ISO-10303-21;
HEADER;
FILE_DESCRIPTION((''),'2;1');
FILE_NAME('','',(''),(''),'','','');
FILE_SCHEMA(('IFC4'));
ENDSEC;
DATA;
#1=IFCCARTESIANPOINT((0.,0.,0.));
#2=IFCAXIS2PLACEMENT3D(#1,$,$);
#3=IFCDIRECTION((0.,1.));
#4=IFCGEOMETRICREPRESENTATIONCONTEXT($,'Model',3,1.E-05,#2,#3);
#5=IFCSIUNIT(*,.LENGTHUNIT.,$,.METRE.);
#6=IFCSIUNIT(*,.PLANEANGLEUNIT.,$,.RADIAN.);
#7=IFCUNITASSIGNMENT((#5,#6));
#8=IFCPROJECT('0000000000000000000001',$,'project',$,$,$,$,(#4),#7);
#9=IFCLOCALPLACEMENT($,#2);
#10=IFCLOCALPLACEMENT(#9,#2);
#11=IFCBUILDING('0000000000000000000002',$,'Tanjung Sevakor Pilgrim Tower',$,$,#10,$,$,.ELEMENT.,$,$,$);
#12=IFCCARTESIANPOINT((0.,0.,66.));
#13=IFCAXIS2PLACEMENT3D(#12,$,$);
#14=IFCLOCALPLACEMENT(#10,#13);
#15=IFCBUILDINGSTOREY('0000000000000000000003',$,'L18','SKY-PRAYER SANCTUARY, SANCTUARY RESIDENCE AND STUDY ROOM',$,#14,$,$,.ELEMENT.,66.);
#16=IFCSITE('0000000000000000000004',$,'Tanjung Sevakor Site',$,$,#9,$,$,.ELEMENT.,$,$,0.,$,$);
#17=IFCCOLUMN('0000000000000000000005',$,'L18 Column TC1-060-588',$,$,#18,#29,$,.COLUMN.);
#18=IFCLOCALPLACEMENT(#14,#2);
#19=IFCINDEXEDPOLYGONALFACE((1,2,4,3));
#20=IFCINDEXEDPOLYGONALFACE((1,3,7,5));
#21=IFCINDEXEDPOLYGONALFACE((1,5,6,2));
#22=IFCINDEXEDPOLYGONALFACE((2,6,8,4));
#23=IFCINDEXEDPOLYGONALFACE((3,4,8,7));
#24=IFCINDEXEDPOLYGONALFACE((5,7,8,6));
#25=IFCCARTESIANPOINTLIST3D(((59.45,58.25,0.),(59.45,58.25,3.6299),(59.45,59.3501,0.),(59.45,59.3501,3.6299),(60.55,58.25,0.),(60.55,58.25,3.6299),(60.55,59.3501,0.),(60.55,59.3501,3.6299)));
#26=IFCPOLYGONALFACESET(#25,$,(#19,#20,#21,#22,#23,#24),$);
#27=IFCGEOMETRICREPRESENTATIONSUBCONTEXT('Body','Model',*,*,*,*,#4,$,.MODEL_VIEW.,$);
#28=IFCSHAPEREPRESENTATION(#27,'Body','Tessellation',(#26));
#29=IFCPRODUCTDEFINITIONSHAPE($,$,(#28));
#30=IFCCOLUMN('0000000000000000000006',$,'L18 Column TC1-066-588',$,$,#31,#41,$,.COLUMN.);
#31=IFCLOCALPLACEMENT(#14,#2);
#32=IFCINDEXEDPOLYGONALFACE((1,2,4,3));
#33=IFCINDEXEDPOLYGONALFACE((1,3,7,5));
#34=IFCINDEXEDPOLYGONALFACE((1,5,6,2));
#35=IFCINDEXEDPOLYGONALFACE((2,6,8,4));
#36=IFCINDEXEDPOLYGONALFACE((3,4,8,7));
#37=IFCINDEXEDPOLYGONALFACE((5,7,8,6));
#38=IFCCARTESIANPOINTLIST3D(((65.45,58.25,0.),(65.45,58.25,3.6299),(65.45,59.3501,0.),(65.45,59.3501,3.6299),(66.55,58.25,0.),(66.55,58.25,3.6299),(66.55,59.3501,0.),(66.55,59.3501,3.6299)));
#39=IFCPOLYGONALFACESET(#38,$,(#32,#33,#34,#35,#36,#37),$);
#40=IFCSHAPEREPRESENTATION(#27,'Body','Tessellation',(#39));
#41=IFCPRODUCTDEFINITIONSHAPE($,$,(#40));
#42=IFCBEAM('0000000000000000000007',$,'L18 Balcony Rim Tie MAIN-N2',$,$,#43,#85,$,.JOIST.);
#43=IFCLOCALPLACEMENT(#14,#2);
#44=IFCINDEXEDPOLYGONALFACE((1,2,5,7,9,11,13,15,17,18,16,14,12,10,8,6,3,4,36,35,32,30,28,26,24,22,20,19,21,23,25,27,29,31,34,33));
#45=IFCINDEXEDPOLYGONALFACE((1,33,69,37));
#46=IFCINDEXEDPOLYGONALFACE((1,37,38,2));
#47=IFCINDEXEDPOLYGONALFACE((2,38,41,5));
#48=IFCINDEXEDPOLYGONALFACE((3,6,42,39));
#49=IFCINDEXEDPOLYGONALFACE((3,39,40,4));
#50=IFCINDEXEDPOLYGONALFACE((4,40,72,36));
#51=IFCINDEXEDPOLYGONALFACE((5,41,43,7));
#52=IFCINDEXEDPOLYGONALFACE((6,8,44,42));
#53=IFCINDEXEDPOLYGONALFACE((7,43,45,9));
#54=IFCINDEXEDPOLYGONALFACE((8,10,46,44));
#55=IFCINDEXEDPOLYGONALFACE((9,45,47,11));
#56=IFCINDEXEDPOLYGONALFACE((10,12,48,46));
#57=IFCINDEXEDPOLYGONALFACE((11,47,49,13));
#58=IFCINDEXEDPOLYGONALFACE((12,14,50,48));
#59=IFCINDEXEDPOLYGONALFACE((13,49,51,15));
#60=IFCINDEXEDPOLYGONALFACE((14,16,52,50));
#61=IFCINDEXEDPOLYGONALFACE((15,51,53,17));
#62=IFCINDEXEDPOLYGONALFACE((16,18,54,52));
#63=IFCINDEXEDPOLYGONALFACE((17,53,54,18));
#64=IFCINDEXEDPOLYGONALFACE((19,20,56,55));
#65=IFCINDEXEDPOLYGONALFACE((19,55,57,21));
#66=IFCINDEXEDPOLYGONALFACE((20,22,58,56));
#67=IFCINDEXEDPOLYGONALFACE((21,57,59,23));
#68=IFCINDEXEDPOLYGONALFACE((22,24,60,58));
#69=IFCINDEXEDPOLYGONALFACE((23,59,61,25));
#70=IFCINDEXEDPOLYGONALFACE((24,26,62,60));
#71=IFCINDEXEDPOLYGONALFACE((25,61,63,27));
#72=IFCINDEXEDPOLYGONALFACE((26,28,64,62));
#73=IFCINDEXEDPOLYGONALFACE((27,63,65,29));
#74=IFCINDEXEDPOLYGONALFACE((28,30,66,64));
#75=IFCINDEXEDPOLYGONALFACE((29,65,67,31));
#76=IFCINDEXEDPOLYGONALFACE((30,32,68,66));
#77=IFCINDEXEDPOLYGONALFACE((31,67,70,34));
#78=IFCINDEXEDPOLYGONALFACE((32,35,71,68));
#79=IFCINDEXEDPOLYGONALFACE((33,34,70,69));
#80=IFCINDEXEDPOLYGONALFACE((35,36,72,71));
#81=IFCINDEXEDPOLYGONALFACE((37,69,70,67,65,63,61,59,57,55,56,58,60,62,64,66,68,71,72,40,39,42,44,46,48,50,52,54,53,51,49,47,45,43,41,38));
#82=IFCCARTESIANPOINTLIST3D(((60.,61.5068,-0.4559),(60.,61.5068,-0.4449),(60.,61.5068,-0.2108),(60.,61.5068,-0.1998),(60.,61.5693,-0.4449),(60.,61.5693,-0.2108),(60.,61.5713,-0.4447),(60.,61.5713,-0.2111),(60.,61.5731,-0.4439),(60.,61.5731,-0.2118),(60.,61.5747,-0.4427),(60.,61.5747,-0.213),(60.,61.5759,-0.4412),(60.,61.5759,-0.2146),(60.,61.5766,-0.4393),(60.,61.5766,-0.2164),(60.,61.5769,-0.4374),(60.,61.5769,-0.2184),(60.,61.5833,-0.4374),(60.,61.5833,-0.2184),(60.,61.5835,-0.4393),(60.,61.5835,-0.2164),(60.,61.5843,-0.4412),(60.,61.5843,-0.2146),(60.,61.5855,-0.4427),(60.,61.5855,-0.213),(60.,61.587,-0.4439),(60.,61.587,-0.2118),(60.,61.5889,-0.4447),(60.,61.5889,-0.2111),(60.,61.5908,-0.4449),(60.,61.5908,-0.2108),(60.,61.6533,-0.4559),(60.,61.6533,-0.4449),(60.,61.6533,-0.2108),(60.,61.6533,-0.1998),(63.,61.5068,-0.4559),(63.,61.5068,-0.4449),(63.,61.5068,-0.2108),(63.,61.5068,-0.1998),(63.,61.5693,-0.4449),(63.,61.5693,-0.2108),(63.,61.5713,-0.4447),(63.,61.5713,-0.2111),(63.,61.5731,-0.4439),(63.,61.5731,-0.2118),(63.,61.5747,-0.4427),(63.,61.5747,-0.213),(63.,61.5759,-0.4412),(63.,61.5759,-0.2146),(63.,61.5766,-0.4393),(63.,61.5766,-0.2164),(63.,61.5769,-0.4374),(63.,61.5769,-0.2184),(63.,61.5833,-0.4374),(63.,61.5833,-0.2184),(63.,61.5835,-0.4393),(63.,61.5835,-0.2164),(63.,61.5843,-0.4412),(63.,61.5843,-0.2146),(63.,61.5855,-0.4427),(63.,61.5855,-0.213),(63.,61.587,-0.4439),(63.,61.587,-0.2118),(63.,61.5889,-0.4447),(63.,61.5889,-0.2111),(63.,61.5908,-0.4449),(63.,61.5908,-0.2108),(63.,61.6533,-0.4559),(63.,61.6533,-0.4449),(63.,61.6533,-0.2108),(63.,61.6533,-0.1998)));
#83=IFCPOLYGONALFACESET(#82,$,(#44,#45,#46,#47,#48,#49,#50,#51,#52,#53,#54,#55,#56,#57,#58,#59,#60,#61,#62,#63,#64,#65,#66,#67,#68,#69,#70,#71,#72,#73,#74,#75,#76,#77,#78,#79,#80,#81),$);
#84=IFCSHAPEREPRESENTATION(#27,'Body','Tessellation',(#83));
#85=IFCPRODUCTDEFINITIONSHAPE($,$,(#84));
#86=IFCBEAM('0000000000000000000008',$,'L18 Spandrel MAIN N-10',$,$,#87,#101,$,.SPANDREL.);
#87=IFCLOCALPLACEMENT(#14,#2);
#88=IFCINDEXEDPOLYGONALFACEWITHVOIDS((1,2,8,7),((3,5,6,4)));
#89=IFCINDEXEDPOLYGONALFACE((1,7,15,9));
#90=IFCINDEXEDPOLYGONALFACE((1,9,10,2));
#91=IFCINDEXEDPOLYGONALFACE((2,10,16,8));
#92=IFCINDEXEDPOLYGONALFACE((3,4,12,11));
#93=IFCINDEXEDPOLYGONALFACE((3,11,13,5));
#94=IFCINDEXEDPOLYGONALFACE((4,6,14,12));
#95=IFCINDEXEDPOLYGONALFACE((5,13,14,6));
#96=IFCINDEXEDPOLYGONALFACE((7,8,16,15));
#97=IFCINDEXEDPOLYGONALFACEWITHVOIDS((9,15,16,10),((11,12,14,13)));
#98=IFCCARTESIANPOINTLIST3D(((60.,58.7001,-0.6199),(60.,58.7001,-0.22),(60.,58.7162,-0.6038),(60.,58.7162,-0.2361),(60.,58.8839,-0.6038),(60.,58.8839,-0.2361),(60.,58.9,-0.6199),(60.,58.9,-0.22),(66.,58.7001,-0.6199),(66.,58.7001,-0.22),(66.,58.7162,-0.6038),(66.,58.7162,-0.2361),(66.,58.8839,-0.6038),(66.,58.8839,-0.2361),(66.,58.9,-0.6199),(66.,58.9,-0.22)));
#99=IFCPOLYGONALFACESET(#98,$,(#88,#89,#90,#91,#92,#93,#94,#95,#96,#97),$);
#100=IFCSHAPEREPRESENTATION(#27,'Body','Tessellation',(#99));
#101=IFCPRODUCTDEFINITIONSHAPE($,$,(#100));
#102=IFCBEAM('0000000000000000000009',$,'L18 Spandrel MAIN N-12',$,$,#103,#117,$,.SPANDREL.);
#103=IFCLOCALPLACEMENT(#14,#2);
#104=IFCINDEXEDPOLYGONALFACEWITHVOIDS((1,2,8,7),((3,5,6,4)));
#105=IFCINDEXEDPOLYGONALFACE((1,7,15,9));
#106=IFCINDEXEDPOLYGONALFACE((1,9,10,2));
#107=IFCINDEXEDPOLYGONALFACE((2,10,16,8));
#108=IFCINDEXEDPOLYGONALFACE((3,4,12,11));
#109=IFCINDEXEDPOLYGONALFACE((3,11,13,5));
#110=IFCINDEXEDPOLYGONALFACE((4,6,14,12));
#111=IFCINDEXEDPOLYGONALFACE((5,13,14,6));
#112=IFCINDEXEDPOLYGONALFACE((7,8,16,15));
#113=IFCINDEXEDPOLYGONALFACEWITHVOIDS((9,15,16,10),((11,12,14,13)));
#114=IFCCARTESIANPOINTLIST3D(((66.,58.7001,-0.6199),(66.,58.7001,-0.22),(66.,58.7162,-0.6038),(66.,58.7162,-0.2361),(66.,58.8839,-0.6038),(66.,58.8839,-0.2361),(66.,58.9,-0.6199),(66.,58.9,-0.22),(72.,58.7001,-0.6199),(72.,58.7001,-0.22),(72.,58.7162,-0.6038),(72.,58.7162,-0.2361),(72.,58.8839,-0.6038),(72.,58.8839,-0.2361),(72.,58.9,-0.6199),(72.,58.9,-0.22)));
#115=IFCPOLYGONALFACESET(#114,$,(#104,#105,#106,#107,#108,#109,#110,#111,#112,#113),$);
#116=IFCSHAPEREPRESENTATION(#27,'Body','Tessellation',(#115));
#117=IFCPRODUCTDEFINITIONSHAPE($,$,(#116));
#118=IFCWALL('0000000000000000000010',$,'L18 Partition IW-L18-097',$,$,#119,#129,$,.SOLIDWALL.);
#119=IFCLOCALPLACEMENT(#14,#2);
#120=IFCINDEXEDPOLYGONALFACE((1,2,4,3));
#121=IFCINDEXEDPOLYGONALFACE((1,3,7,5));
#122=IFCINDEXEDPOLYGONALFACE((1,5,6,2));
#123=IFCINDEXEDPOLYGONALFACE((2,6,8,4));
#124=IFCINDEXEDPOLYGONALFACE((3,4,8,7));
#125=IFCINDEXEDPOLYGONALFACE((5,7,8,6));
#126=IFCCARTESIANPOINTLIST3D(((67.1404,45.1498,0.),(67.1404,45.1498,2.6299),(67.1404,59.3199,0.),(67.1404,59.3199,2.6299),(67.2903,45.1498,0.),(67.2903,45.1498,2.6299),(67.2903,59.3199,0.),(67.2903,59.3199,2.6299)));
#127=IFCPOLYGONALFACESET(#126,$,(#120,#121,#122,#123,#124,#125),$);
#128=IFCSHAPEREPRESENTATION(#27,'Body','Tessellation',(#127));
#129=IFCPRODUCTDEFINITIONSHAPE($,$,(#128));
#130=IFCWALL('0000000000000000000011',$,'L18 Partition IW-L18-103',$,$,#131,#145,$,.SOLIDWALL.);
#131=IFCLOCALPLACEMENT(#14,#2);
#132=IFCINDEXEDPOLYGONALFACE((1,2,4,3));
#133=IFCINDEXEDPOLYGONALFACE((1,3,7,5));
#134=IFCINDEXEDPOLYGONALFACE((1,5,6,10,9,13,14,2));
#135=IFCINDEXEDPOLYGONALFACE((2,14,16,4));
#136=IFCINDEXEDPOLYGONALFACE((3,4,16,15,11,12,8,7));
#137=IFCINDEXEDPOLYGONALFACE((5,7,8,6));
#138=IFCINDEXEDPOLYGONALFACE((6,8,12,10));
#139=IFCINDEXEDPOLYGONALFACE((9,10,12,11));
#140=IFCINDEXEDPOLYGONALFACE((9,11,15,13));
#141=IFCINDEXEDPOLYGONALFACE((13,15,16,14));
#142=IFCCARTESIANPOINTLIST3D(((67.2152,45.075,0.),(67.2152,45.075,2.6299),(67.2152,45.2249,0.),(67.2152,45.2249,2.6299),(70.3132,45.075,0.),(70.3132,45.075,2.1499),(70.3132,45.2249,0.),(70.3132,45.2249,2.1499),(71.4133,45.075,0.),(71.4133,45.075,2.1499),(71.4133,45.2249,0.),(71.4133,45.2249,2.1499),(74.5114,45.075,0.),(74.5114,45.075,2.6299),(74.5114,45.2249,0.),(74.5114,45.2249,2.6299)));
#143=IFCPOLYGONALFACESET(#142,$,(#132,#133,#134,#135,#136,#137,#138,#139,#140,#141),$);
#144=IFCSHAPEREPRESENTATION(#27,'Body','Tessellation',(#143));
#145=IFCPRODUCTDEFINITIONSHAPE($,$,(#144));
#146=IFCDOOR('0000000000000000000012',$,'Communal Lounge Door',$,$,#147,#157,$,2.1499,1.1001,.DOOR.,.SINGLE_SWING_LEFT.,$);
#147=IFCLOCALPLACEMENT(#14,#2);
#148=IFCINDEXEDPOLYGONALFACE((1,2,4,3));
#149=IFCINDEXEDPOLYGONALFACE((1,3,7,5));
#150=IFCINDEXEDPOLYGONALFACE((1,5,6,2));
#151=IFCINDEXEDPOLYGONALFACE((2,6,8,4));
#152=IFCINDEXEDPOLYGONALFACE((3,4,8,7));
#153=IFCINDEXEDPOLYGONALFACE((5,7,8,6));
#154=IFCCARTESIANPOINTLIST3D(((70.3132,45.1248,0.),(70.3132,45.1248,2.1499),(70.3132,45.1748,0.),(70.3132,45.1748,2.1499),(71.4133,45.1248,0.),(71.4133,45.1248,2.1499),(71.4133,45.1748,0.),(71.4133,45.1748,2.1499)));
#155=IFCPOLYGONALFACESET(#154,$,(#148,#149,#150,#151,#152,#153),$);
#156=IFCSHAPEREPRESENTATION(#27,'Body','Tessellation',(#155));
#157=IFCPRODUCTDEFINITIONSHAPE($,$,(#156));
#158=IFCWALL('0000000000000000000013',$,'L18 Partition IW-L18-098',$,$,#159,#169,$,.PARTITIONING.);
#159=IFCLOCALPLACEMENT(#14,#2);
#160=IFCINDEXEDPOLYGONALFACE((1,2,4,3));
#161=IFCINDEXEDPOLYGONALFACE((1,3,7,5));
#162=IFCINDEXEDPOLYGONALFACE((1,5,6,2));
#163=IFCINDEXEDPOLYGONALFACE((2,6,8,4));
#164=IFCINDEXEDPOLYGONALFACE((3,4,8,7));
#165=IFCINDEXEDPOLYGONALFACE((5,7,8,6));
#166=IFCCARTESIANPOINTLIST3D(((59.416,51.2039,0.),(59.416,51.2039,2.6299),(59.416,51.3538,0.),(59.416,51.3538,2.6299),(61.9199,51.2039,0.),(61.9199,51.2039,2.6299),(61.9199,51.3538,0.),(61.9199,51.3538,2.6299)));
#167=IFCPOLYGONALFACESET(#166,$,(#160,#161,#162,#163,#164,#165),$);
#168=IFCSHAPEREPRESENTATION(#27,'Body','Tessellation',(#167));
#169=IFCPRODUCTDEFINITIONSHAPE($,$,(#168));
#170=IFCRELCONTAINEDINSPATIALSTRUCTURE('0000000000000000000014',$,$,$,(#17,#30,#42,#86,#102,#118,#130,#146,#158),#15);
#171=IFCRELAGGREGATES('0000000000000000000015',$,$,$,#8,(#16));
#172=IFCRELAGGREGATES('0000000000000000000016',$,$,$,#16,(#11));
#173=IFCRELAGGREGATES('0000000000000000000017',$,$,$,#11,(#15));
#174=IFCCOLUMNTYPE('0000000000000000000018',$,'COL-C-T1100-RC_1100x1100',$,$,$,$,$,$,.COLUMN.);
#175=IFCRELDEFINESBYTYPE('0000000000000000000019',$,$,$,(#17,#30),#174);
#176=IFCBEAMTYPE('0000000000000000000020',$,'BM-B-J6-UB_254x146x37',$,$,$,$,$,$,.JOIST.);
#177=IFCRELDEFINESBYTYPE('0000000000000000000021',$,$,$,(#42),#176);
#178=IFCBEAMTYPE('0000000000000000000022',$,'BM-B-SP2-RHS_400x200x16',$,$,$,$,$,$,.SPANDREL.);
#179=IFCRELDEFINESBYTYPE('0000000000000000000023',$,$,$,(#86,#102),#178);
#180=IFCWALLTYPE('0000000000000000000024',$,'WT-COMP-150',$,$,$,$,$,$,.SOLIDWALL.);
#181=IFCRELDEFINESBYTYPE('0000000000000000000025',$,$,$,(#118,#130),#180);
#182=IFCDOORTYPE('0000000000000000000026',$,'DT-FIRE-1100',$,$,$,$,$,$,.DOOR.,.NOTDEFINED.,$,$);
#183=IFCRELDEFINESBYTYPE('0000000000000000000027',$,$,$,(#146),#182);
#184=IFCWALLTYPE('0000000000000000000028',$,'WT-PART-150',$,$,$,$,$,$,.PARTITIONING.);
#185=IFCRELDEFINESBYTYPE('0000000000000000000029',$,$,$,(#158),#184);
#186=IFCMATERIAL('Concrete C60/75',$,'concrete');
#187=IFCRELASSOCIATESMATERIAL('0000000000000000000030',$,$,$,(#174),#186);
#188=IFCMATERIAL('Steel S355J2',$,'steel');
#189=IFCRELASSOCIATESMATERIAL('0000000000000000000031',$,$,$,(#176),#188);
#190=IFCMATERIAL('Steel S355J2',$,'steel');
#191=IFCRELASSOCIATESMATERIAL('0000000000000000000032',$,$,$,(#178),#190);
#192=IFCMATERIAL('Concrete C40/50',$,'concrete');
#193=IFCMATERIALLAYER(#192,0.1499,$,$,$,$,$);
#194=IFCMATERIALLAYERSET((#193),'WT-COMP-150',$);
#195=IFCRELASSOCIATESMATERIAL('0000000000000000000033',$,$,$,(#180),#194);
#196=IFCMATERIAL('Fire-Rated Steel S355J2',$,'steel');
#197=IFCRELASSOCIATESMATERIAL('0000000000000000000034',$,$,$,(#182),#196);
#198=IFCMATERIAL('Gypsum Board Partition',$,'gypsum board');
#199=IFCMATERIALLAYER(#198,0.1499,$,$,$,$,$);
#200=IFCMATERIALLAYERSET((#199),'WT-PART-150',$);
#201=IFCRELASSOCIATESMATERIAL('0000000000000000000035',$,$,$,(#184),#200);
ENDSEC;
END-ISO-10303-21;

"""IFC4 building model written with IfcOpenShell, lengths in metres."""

from ifc_helpers import new_model, si_unit, direction, frame, frame_2d, origin, origin_2d, place, context, subcontext, project, spatial, rectangle, hollow_rectangle, i_section, extrude, material, layer, layer_set, material_profile, profile_set, type_object, element, fill, save


model = new_model("IFC4")

# Units and contexts
model_context = context("Model", 3, precision=1e-05, world=origin(), true_north=direction((0.0, 1.0)))
body_context = subcontext(model_context, "Body", "Model", "MODEL_VIEW")
ifc_project = project(units=[si_unit("LENGTHUNIT", "METRE"), si_unit("PLANEANGLEUNIT", "RADIAN")], contexts=[model_context])

# Site, building, storey
site_placement = place(None, origin())
site = spatial("IfcSite", under=ifc_project, at=site_placement, Name="Tanjung Sevakor Site", CompositionType="ELEMENT", RefElevation=0.0)
building_placement = place(site_placement, origin())
building = spatial("IfcBuilding", under=site, at=building_placement, Name="Tanjung Sevakor Pilgrim Tower", CompositionType="ELEMENT")
storey_placement = place(building_placement, frame((0.0, 0.0, 66.0)))
storey = spatial("IfcBuildingStorey", under=building, at=storey_placement, Name="L18", Description="SKY-PRAYER SANCTUARY, SANCTUARY RESIDENCE AND STUDY ROOM", CompositionType="ELEMENT", Elevation=66.0)

# Columns
ifc_material_1 = material(Name="Concrete C60/75", Category="concrete")
ifc_material_profile_1 = material_profile(ifc_material_1, rectangle(XDim=1.1001, YDim=1.1001, at=origin_2d()))
ifc_profile_set_1 = profile_set([ifc_material_profile_1], Name="Concrete C60/75")
column_type = type_object("IfcColumnType", Name="COL-C-T1100-RC_1100x1100", PredefinedType="COLUMN", material=ifc_profile_set_1)
for number, where, z_axis, x_axis, name in (
    (1, (60.0, 58.8, 0.0), (0.0, 0.0, 1.0), (1.0, 0.0, 0.0), "L18 Column TC1-060-588"),
    (2, (66.0, 58.8, 0.0), (0.0, 0.0, 1.0), (1.0, 0.0, 0.0), "L18 Column TC1-066-588"),
):
    element("IfcColumn", number, at=place(storey_placement, frame(where, z_axis=z_axis, x_axis=x_axis)), inside=storey, type_object=column_type, Name=name, PredefinedType="COLUMN", context=body_context, shape_type="SweptSolid", body=[
        extrude(rectangle(XDim=1.1001, YDim=1.1001, at=origin_2d()), origin(), (0.0, 0.0, 1.0), 3.6299),
    ])

# Beams
ifc_material_2 = material(Name="Steel S355J2", Category="steel")
ifc_material_profile_2 = material_profile(ifc_material_2, i_section(OverallWidth=0.1465, OverallDepth=0.2561, WebThickness=0.0063, FlangeThickness=0.011, FilletRadius=0.0076, at=origin_2d()))
ifc_profile_set_2 = profile_set([ifc_material_profile_2], Name="Steel S355J2")
beam_type_1 = type_object("IfcBeamType", Name="BM-B-J6-UB_254x146x37", PredefinedType="JOIST", material=ifc_profile_set_2)
beam_placement = place(storey_placement, frame((60.0, 61.5801, -0.3279), z_axis=(1.0, 0.0, 0.0), x_axis=(0.0, 1.0, 0.0)))
element("IfcBeam", 3, at=beam_placement, inside=storey, type_object=beam_type_1, Name="L18 Balcony Rim Tie MAIN-N2", PredefinedType="JOIST", context=body_context, shape_type="SweptSolid", body=[
    extrude(i_section(OverallWidth=0.1465, OverallDepth=0.2561, WebThickness=0.0063, FlangeThickness=0.011, FilletRadius=0.0076, at=origin_2d()), origin(), (0.0, 0.0, 1.0), 3.0),
])
ifc_material_3 = material(Name="Steel S355J2", Category="steel")
ifc_material_profile_3 = material_profile(ifc_material_3, hollow_rectangle(XDim=0.2, YDim=0.3999, WallThickness=0.0161, at=origin_2d()))
ifc_profile_set_3 = profile_set([ifc_material_profile_3], Name="Steel S355J2")
beam_type_2 = type_object("IfcBeamType", Name="BM-B-SP2-RHS_400x200x16", PredefinedType="SPANDREL", material=ifc_profile_set_3)
for number, where, z_axis, x_axis, name in (
    (4, (60.0, 58.8, -0.4199), (1.0, 0.0, 0.0), (0.0, 1.0, 0.0), "L18 Spandrel MAIN N-10"),
    (5, (66.0, 58.8, -0.4199), (1.0, 0.0, 0.0), (0.0, 1.0, 0.0), "L18 Spandrel MAIN N-12"),
):
    element("IfcBeam", number, at=place(storey_placement, frame(where, z_axis=z_axis, x_axis=x_axis)), inside=storey, type_object=beam_type_2, Name=name, PredefinedType="SPANDREL", context=body_context, shape_type="SweptSolid", body=[
        extrude(hollow_rectangle(XDim=0.2, YDim=0.3999, WallThickness=0.0161, at=origin_2d()), origin(), (0.0, 0.0, 1.0), 6.0),
    ])

# Wall
ifc_material_4 = material(Name="Concrete C40/50", Category="concrete")
ifc_layer_1 = layer(ifc_material_4, 0.1499)
ifc_layer_set_1 = layer_set([ifc_layer_1], Name="WT-COMP-150")
wall_type_1 = type_object("IfcWallType", Name="WT-COMP-150", PredefinedType="SOLIDWALL", material=ifc_layer_set_1)
wall_1_placement = place(storey_placement, frame((67.2153, 45.1499, 0.0), z_axis=(0.0, 0.0, 1.0), x_axis=(0.0, 1.0, 0.0)))
element("IfcWall", 6, at=wall_1_placement, inside=storey, type_object=wall_type_1, Name="L18 Partition IW-L18-097", PredefinedType="SOLIDWALL", context=body_context, shape_type="SweptSolid", body=[
    extrude(rectangle(XDim=14.1702, YDim=0.1499, at=frame_2d((7.085, 0.0))), origin(), (0.0, 0.0, 1.0), 2.6299),
])

# Wall, opening, door
wall_2_placement = place(storey_placement, frame((67.2153, 45.1499, 0.0), z_axis=(0.0, 0.0, 1.0), x_axis=(1.0, 0.0, 0.0)))
wall_2 = element("IfcWall", 7, at=wall_2_placement, inside=storey, type_object=wall_type_1, Name="L18 Partition IW-L18-103", PredefinedType="SOLIDWALL", context=body_context, shape_type="SweptSolid", body=[
    extrude(rectangle(XDim=7.2961, YDim=0.1499, at=frame_2d((3.6479, 0.0))), origin(), (0.0, 0.0, 1.0), 2.6299),
])
opening_1_placement = place(wall_2_placement, frame((3.0979, 0.0, 0.0)))
opening_1 = element("IfcOpeningElement", 8, at=opening_1_placement, cuts=wall_2, PredefinedType="OPENING", context=body_context, shape_type="SweptSolid", body=[
    extrude(rectangle(XDim=1.1001, YDim=2.1499, at=frame_2d((0.55, 1.075))), frame((0.0, 0.085, 0.0), z_axis=(0.0, -1.0, 0.0), x_axis=(1.0, 0.0, 0.0)), (0.0, 0.0, 1.0), 0.1699),
])
ifc_material_5 = material(Name="Fire-Rated Steel S355J2", Category="steel")
door_type_1 = type_object("IfcDoorType", Name="DT-FIRE-1100", OperationType="NOTDEFINED", PredefinedType="DOOR", material=ifc_material_5)
door_1_placement = place(opening_1_placement, origin())
door_1 = element("IfcDoor", 9, at=door_1_placement, inside=storey, type_object=door_type_1, Name="Communal Lounge Door", OperationType="SINGLE_SWING_LEFT", OverallHeight=2.1499, OverallWidth=1.1001, PredefinedType="DOOR", context=body_context, shape_type="SweptSolid", body=[
    extrude(rectangle(XDim=1.1001, YDim=2.1499, at=frame_2d((0.55, 1.075))), frame((0.0, 0.0249, 0.0), z_axis=(0.0, -1.0, 0.0), x_axis=(1.0, 0.0, 0.0)), (0.0, 0.0, 1.0), 0.05),
])
fill(opening_1, door_1)

# Wall
ifc_material_6 = material(Name="Gypsum Board Partition", Category="gypsum board")
ifc_layer_2 = layer(ifc_material_6, 0.1499)
ifc_layer_set_2 = layer_set([ifc_layer_2], Name="WT-PART-150")
wall_type_2 = type_object("IfcWallType", Name="WT-PART-150", PredefinedType="PARTITIONING", material=ifc_layer_set_2)
wall_3_placement = place(storey_placement, frame((59.416, 51.2788, 0.0), z_axis=(0.0, 0.0, 1.0), x_axis=(1.0, 0.0, 0.0)))
element("IfcWall", 10, at=wall_3_placement, inside=storey, type_object=wall_type_2, Name="L18 Partition IW-L18-098", PredefinedType="PARTITIONING", context=body_context, shape_type="SweptSolid", body=[
    extrude(rectangle(XDim=2.5039, YDim=0.1499, at=frame_2d((1.252, 0.0))), origin(), (0.0, 0.0, 1.0), 2.6299),
])

save(model, "model.ifc")
